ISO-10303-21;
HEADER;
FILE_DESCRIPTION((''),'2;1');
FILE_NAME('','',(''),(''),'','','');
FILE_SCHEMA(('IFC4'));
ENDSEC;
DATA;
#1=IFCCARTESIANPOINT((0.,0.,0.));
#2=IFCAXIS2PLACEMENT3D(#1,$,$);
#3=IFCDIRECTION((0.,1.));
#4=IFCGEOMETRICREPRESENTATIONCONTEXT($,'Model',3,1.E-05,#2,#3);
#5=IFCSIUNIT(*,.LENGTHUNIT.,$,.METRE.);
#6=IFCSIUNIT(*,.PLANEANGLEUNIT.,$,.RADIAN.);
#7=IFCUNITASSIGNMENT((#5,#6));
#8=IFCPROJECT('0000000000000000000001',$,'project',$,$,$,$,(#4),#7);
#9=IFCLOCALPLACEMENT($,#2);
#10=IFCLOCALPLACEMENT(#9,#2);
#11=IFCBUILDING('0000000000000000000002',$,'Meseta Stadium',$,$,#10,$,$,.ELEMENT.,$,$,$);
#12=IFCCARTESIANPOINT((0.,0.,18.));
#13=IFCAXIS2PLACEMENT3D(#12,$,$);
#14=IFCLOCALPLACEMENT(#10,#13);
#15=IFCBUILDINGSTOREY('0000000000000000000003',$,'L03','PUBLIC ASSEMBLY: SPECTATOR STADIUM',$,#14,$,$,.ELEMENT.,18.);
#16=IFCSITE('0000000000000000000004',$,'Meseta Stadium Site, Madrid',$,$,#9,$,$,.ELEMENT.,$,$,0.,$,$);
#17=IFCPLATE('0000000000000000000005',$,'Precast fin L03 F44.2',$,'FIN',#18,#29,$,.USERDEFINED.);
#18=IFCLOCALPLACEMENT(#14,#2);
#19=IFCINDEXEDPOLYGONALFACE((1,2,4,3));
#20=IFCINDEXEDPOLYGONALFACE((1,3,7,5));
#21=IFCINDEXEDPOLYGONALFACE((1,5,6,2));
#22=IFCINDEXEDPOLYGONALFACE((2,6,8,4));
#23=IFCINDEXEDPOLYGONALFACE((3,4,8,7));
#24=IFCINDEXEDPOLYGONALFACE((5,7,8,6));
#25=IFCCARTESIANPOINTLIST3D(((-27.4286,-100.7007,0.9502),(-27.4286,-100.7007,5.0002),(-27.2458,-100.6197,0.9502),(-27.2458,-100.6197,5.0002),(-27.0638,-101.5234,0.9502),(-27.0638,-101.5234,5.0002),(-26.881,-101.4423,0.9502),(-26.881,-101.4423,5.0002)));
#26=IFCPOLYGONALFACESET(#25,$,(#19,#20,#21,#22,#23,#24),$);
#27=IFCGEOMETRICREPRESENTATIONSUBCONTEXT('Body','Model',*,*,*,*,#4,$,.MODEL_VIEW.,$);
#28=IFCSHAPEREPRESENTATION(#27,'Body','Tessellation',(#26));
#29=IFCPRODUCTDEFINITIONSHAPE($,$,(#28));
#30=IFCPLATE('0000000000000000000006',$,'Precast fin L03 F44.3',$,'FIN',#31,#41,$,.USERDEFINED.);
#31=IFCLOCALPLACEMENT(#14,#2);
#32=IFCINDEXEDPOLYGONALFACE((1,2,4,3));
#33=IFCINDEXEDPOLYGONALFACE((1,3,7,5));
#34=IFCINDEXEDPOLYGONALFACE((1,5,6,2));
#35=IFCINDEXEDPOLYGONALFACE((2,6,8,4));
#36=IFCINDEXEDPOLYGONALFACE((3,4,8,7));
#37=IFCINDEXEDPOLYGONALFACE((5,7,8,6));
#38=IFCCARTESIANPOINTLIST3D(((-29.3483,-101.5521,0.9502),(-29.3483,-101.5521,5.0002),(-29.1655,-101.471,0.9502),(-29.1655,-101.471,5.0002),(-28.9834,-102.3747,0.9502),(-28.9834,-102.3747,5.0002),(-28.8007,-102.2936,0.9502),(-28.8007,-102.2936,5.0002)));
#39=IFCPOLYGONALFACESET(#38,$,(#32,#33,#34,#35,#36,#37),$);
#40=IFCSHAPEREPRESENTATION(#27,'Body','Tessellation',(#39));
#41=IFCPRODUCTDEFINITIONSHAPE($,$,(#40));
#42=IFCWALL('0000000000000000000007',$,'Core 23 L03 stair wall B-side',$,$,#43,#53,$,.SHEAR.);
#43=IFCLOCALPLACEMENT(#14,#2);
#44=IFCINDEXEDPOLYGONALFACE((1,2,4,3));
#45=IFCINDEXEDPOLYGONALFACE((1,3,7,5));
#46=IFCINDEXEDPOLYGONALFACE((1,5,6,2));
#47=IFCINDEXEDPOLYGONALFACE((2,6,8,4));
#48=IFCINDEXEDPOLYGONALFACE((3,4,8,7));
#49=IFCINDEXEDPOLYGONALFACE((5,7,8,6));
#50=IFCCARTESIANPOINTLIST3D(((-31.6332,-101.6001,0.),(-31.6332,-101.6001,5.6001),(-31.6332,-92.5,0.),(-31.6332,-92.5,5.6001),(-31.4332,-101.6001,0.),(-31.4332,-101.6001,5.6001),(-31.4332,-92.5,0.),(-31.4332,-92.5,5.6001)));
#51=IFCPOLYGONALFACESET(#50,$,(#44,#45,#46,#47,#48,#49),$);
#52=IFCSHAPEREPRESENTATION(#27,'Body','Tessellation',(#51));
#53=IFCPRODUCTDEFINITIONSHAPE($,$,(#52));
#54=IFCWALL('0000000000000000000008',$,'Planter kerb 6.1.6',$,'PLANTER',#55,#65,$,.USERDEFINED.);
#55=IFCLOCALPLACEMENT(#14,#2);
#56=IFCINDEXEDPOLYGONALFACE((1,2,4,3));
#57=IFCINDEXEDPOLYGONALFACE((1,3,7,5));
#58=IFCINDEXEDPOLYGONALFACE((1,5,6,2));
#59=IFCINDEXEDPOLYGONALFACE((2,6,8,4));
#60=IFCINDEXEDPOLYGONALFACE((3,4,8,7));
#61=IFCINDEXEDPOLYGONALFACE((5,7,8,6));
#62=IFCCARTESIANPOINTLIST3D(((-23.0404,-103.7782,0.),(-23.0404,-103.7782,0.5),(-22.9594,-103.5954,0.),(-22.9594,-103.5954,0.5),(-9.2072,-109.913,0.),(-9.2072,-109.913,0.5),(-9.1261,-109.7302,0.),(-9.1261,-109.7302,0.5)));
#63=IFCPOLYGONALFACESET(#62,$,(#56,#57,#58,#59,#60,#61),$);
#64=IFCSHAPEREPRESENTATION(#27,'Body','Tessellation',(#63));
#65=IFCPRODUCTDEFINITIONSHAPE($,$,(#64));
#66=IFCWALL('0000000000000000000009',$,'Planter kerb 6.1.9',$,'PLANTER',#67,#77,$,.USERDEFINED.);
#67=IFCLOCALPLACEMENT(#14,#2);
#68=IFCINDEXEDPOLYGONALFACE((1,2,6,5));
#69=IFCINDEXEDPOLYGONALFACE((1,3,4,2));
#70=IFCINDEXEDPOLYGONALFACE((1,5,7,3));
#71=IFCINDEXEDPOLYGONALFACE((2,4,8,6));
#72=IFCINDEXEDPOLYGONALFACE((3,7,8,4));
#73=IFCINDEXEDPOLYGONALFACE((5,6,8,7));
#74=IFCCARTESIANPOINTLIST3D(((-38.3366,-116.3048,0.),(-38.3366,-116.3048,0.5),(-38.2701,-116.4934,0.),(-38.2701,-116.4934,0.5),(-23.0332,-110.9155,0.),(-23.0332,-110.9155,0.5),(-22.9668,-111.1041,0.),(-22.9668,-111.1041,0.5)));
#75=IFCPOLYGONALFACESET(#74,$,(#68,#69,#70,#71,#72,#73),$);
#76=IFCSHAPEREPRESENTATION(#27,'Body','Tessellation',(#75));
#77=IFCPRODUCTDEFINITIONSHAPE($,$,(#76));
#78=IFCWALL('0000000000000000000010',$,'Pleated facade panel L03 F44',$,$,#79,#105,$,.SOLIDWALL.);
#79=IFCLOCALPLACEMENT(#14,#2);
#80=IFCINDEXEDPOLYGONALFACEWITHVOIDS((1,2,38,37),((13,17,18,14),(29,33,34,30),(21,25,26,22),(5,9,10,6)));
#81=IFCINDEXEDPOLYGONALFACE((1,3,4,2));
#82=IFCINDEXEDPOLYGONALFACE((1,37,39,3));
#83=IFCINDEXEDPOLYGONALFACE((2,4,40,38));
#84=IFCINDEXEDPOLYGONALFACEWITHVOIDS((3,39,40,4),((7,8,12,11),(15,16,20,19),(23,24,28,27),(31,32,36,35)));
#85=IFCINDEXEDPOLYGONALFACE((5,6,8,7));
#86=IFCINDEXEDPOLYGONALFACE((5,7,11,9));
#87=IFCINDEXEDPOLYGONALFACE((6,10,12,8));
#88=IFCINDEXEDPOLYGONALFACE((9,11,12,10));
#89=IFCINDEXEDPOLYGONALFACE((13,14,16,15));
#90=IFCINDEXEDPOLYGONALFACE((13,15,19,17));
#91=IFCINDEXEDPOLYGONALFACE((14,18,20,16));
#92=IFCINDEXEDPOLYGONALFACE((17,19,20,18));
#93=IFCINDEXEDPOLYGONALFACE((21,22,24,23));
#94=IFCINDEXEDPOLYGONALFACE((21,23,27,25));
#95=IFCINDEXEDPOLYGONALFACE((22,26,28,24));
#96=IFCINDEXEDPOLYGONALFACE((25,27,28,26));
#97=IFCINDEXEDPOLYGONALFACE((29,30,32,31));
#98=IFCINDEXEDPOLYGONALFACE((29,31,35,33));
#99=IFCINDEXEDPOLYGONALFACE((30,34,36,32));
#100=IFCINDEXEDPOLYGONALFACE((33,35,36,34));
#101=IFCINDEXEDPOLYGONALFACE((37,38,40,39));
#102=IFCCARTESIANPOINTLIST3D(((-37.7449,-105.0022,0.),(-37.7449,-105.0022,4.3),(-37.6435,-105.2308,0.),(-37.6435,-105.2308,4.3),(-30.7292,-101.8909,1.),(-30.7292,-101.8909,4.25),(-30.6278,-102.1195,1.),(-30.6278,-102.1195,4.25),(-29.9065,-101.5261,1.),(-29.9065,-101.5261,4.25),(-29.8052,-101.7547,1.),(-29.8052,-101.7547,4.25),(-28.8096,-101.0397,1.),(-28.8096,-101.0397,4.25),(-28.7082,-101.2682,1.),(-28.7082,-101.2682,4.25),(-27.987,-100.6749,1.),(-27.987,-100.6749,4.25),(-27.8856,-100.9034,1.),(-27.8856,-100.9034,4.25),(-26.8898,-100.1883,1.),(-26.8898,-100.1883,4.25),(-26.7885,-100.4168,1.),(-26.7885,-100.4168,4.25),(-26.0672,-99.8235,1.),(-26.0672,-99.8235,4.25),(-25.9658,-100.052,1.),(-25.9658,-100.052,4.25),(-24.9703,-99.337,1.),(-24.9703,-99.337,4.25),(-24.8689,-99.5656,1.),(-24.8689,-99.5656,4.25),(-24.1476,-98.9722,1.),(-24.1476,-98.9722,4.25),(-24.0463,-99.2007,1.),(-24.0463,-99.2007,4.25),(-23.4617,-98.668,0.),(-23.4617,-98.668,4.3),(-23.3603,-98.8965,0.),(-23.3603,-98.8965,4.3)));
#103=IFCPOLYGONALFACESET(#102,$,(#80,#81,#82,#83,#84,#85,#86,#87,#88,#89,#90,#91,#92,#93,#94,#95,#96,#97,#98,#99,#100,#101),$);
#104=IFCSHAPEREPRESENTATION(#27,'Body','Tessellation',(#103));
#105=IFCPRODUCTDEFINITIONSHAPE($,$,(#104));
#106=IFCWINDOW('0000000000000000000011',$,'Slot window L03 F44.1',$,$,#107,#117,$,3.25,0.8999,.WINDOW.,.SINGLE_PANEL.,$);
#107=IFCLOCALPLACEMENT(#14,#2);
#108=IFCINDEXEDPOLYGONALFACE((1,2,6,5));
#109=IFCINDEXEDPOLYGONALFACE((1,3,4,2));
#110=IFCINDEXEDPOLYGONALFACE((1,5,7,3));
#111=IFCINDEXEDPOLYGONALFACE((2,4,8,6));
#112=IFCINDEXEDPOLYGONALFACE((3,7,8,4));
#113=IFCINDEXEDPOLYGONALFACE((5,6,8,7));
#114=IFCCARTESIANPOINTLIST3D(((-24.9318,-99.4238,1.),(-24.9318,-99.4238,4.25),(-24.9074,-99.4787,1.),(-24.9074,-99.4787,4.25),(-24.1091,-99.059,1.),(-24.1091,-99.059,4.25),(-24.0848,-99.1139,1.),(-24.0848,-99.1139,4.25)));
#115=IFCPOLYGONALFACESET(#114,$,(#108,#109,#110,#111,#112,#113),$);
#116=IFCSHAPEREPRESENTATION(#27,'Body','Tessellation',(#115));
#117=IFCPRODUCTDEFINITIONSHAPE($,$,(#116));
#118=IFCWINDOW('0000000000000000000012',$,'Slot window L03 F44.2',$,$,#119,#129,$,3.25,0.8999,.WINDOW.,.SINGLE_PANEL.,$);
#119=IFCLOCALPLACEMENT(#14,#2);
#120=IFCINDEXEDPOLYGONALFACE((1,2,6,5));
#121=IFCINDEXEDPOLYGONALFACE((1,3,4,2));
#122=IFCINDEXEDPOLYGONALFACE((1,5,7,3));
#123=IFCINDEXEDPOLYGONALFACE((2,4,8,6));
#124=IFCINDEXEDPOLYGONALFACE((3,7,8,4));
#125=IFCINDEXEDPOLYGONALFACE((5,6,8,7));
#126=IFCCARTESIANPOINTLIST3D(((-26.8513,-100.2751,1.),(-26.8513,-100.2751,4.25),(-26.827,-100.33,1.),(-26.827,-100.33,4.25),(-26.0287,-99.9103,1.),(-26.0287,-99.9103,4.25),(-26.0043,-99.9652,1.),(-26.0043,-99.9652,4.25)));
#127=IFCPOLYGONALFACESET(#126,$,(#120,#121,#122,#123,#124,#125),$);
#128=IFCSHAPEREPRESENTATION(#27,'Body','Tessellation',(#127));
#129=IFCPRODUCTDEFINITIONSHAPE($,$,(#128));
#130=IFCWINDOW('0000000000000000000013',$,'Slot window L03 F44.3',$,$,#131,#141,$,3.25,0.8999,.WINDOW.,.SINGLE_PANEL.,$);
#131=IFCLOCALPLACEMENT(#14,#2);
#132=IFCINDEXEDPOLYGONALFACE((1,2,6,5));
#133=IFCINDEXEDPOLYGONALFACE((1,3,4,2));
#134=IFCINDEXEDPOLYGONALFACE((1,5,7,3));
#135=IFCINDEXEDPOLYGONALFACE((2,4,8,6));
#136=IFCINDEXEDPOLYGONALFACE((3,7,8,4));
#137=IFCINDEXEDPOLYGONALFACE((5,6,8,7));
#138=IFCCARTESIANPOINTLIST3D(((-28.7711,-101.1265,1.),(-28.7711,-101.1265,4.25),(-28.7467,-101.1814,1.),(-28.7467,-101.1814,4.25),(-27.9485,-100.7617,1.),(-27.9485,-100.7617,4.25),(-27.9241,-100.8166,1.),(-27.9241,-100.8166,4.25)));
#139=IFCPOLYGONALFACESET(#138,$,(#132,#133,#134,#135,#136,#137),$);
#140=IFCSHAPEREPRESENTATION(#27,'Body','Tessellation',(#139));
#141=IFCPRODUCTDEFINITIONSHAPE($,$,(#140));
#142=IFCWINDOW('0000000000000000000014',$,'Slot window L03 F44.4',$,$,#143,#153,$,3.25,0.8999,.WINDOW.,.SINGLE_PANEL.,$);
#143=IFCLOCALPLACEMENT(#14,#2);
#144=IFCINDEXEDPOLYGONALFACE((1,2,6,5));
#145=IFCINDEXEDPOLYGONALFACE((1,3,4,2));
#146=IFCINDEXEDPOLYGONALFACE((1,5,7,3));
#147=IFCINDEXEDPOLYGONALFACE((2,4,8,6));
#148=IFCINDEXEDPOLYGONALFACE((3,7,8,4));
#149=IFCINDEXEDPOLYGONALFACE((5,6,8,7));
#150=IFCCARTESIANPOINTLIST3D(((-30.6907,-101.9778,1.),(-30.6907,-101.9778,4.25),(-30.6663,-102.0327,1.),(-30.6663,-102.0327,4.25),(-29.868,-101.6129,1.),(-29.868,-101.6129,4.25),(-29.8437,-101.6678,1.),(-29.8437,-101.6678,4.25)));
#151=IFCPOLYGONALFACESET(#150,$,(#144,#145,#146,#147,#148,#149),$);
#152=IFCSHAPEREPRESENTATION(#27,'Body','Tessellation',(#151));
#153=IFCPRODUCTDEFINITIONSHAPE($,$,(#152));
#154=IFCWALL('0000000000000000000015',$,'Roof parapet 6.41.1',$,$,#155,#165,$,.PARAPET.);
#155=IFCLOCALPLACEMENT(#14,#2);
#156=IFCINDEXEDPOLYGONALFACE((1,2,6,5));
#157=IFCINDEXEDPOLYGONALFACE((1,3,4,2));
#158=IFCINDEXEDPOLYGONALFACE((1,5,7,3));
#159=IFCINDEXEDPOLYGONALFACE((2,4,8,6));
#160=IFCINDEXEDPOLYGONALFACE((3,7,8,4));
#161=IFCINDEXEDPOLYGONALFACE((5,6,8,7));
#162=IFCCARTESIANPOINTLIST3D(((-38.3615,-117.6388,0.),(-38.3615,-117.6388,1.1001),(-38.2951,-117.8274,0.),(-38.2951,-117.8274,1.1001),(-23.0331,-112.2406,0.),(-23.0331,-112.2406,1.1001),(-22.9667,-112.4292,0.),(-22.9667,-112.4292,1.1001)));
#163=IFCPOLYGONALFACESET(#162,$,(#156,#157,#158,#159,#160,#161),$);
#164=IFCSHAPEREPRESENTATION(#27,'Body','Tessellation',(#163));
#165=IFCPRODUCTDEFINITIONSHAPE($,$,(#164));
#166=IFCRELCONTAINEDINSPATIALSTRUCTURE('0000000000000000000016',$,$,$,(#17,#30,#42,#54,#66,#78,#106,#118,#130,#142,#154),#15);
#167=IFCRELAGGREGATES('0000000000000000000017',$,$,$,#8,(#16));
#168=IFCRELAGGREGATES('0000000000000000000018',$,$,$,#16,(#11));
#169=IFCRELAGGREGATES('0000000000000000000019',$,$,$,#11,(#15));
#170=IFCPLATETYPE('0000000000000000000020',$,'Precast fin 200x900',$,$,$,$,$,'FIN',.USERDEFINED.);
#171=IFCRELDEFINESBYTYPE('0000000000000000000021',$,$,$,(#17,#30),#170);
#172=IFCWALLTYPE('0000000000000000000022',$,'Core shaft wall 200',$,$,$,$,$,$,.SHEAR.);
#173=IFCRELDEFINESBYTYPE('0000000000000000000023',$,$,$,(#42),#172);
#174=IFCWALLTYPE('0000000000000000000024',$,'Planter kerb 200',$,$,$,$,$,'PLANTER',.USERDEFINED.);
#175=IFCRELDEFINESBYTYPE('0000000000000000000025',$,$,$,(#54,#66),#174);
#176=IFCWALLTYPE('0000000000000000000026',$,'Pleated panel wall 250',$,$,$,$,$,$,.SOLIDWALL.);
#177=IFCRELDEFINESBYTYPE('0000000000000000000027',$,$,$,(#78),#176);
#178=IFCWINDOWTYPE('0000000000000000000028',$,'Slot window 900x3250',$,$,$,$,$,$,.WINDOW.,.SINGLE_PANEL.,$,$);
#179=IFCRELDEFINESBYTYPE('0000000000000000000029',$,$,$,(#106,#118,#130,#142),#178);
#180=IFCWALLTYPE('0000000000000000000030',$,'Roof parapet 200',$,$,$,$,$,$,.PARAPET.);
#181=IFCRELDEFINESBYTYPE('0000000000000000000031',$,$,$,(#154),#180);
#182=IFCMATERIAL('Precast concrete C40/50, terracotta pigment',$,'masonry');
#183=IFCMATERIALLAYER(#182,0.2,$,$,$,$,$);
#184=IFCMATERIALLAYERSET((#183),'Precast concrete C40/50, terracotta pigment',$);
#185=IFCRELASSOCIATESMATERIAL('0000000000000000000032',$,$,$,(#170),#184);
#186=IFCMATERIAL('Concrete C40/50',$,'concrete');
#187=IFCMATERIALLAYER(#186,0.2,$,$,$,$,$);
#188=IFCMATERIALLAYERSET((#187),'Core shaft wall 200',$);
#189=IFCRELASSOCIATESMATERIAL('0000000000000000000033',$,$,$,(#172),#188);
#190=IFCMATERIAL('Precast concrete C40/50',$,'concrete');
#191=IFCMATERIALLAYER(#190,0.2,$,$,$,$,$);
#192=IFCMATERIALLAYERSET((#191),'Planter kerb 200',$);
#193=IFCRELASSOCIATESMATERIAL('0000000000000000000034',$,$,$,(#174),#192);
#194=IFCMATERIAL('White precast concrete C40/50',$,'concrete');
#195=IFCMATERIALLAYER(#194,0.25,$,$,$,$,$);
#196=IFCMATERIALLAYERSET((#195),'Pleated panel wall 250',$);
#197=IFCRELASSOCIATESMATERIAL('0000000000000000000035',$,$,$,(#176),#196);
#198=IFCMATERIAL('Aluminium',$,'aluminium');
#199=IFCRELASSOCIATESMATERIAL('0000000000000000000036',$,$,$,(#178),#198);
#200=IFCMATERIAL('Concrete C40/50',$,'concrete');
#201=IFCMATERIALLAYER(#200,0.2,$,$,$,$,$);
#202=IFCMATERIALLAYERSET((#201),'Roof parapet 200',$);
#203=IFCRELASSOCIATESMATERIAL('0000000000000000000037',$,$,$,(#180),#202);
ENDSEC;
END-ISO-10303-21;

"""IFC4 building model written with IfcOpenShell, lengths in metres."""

from ifc_helpers import new_model, si_unit, direction, frame, frame_2d, origin, origin_2d, place, context, subcontext, project, spatial, rectangle, extrude, material, layer, layer_set, type_object, element, fill, save


model = new_model("IFC4")

# Units and contexts
model_context = context("Model", 3, precision=1e-05, world=origin(), true_north=direction((0.0, 1.0)))
body_context = subcontext(model_context, "Body", "Model", "MODEL_VIEW")
ifc_project = project(units=[si_unit("LENGTHUNIT", "METRE"), si_unit("PLANEANGLEUNIT", "RADIAN")], contexts=[model_context])

# Site, building, storey
site_placement = place(None, origin())
site = spatial("IfcSite", under=ifc_project, at=site_placement, Name="Meseta Stadium Site, Madrid", CompositionType="ELEMENT", RefElevation=0.0)
building_placement = place(site_placement, origin())
building = spatial("IfcBuilding", under=site, at=building_placement, Name="Meseta Stadium", CompositionType="ELEMENT")
storey_placement = place(building_placement, frame((0.0, 0.0, 18.0)))
storey = spatial("IfcBuildingStorey", under=building, at=storey_placement, Name="L03", Description="PUBLIC ASSEMBLY: SPECTATOR STADIUM", CompositionType="ELEMENT", Elevation=18.0)

# Plates
ifc_material_1 = material(Name="Precast concrete C40/50, terracotta pigment", Category="masonry")
ifc_layer_1 = layer(ifc_material_1, 0.2)
ifc_layer_set_1 = layer_set([ifc_layer_1], Name="Precast concrete C40/50, terracotta pigment")
plate_type_1 = type_object("IfcPlateType", Name="Precast fin 200x900", ElementType="FIN", PredefinedType="USERDEFINED", material=ifc_layer_set_1)
for number, where, z_axis, x_axis, name in (
    (1, (-27.1548, -101.0715, 0.9502), (0.0, 0.0, 1.0), (-0.914139, -0.4054, 0.0), "Precast fin L03 F44.2"),
    (2, (-29.0745, -101.9229, 0.9502), (0.0, 0.0, 1.0), (-0.914139, -0.4054, 0.0), "Precast fin L03 F44.3"),
):
    element("IfcPlate", number, at=place(storey_placement, frame(where, z_axis=z_axis, x_axis=x_axis)), inside=storey, type_object=plate_type_1, Name=name, ObjectType="FIN", PredefinedType="USERDEFINED", context=body_context, shape_type="SweptSolid", body=[
        extrude(rectangle(XDim=0.2, YDim=0.8999, at=origin_2d()), origin(), (0.0, 0.0, 1.0), 4.05),
    ])

# Walls
ifc_material_2 = material(Name="Concrete C40/50", Category="concrete")
ifc_layer_2 = layer(ifc_material_2, 0.2)
ifc_layer_set_2 = layer_set([ifc_layer_2], Name="Core shaft wall 200")
wall_type_1 = type_object("IfcWallType", Name="Core shaft wall 200", PredefinedType="SHEAR", material=ifc_layer_set_2)
wall_1_placement = place(storey_placement, frame((-31.5332, -101.6001, 0.0), z_axis=(0.0, 0.0, 1.0), x_axis=(0.0, 1.0, 0.0)))
element("IfcWall", 3, at=wall_1_placement, inside=storey, type_object=wall_type_1, Name="Core 23 L03 stair wall B-side", PredefinedType="SHEAR", context=body_context, shape_type="SweptSolid", body=[
    extrude(rectangle(XDim=9.1001, YDim=0.2, at=frame_2d((4.55, 0.0))), origin(), (0.0, 0.0, 1.0), 5.6001),
])
ifc_material_3 = material(Name="Precast concrete C40/50", Category="concrete")
ifc_layer_3 = layer(ifc_material_3, 0.2)
ifc_layer_set_3 = layer_set([ifc_layer_3], Name="Planter kerb 200")
wall_type_2 = type_object("IfcWallType", Name="Planter kerb 200", ElementType="PLANTER", PredefinedType="USERDEFINED", material=ifc_layer_set_3)
wall_2_placement = place(storey_placement, frame((-23.0, -103.6868, 0.0), z_axis=(0.0, 0.0, 1.0), x_axis=(0.914139, -0.405402, 0.0)))
element("IfcWall", 4, at=wall_2_placement, inside=storey, type_object=wall_type_2, Name="Planter kerb 6.1.6", ObjectType="PLANTER", PredefinedType="USERDEFINED", context=body_context, shape_type="SweptSolid", body=[
    extrude(rectangle(XDim=15.1326, YDim=0.2, at=frame_2d((7.5664, 0.0))), origin(), (0.0, 0.0, 1.0), 0.5),
])
wall_3_placement = place(storey_placement, frame((-23.0, -111.0098, 0.0), z_axis=(0.0, 0.0, 1.0), x_axis=(-0.943219, -0.332172, 0.0)))
element("IfcWall", 5, at=wall_3_placement, inside=storey, type_object=wall_type_2, Name="Planter kerb 6.1.9", ObjectType="PLANTER", PredefinedType="USERDEFINED", context=body_context, shape_type="SweptSolid", body=[
    extrude(rectangle(XDim=16.2246, YDim=0.2, at=frame_2d((8.1123, 0.0))), origin(), (0.0, 0.0, 1.0), 0.5),
])

# Wall, openings, windows
ifc_material_4 = material(Name="White precast concrete C40/50", Category="concrete")
ifc_layer_4 = layer(ifc_material_4, 0.25)
ifc_layer_set_4 = layer_set([ifc_layer_4], Name="Pleated panel wall 250")
wall_type_3 = type_object("IfcWallType", Name="Pleated panel wall 250", PredefinedType="SOLIDWALL", material=ifc_layer_set_4)
wall_4_placement = place(storey_placement, frame((-23.4109, -98.7822, 0.0), z_axis=(0.0, 0.0, 1.0), x_axis=(-0.914141, -0.405398, 0.0)))
wall_4 = element("IfcWall", 6, at=wall_4_placement, inside=storey, type_object=wall_type_3, Name="Pleated facade panel L03 F44", PredefinedType="SOLIDWALL", context=body_context, shape_type="SweptSolid", body=[
    extrude(rectangle(XDim=15.6248, YDim=0.25, at=frame_2d((7.8125, 0.0))), origin(), (0.0, 0.0, 1.0), 4.3),
])
opening_1_placement = place(wall_4_placement, frame((0.7505, 0.0, 1.0)))
opening_1 = element("IfcOpeningElement", 7, at=opening_1_placement, cuts=wall_4, PredefinedType="OPENING", context=body_context, shape_type="SweptSolid", body=[
    extrude(rectangle(XDim=0.8999, YDim=3.25, at=frame_2d((0.45, 1.625))), frame((0.0, 0.135, 0.0), z_axis=(0.0, -1.0, 0.0), x_axis=(1.0, 0.0, 0.0)), (0.0, 0.0, 1.0), 0.27),
])
opening_2_placement = place(wall_4_placement, frame((2.8503, 0.0, 1.0)))
opening_2 = element("IfcOpeningElement", 8, at=opening_2_placement, cuts=wall_4, PredefinedType="OPENING", context=body_context, shape_type="SweptSolid", body=[
    extrude(rectangle(XDim=0.8999, YDim=3.25, at=frame_2d((0.45, 1.625))), frame((0.0, 0.135, 0.0), z_axis=(0.0, -1.0, 0.0), x_axis=(1.0, 0.0, 0.0)), (0.0, 0.0, 1.0), 0.27),
])
opening_3_placement = place(wall_4_placement, frame((4.9504, 0.0, 1.0)))
opening_3 = element("IfcOpeningElement", 9, at=opening_3_placement, cuts=wall_4, PredefinedType="OPENING", context=body_context, shape_type="SweptSolid", body=[
    extrude(rectangle(XDim=0.8999, YDim=3.25, at=frame_2d((0.45, 1.625))), frame((0.0, 0.135, 0.0), z_axis=(0.0, -1.0, 0.0), x_axis=(1.0, 0.0, 0.0)), (0.0, 0.0, 1.0), 0.27),
])
opening_4_placement = place(wall_4_placement, frame((7.0503, 0.0, 1.0)))
opening_4 = element("IfcOpeningElement", 10, at=opening_4_placement, cuts=wall_4, PredefinedType="OPENING", context=body_context, shape_type="SweptSolid", body=[
    extrude(rectangle(XDim=0.8999, YDim=3.25, at=frame_2d((0.45, 1.625))), frame((0.0, 0.135, 0.0), z_axis=(0.0, -1.0, 0.0), x_axis=(1.0, 0.0, 0.0)), (0.0, 0.0, 1.0), 0.27),
])
ifc_material_5 = material(Name="Aluminium", Category="aluminium")
window_type = type_object("IfcWindowType", Name="Slot window 900x3250", PartitioningType="SINGLE_PANEL", PredefinedType="WINDOW", material=ifc_material_5)
window_1_placement = place(opening_1_placement, origin())
window_1 = element("IfcWindow", 11, at=window_1_placement, inside=storey, type_object=window_type, Name="Slot window L03 F44.1", OverallHeight=3.25, OverallWidth=0.8999, PartitioningType="SINGLE_PANEL", PredefinedType="WINDOW", context=body_context, shape_type="SweptSolid", body=[
    extrude(rectangle(XDim=0.8999, YDim=3.25, at=frame_2d((0.45, 1.625))), frame((0.0, 0.03, 0.0), z_axis=(0.0, -1.0, 0.0), x_axis=(1.0, 0.0, 0.0)), (0.0, 0.0, 1.0), 0.0601),
])
fill(opening_1, window_1)
window_2_placement = place(opening_2_placement, origin())
window_2 = element("IfcWindow", 12, at=window_2_placement, inside=storey, type_object=window_type, Name="Slot window L03 F44.2", OverallHeight=3.25, OverallWidth=0.8999, PartitioningType="SINGLE_PANEL", PredefinedType="WINDOW", context=body_context, shape_type="SweptSolid", body=[
    extrude(rectangle(XDim=0.8999, YDim=3.25, at=frame_2d((0.45, 1.625))), frame((0.0, 0.03, 0.0), z_axis=(0.0, -1.0, 0.0), x_axis=(1.0, 0.0, 0.0)), (0.0, 0.0, 1.0), 0.0601),
])
fill(opening_2, window_2)
window_3_placement = place(opening_3_placement, origin())
window_3 = element("IfcWindow", 13, at=window_3_placement, inside=storey, type_object=window_type, Name="Slot window L03 F44.3", OverallHeight=3.25, OverallWidth=0.8999, PartitioningType="SINGLE_PANEL", PredefinedType="WINDOW", context=body_context, shape_type="SweptSolid", body=[
    extrude(rectangle(XDim=0.8999, YDim=3.25, at=frame_2d((0.45, 1.625))), frame((0.0, 0.03, 0.0), z_axis=(0.0, -1.0, 0.0), x_axis=(1.0, 0.0, 0.0)), (0.0, 0.0, 1.0), 0.0601),
])
fill(opening_3, window_3)
window_4_placement = place(opening_4_placement, origin())
window_4 = element("IfcWindow", 14, at=window_4_placement, inside=storey, type_object=window_type, Name="Slot window L03 F44.4", OverallHeight=3.25, OverallWidth=0.8999, PartitioningType="SINGLE_PANEL", PredefinedType="WINDOW", context=body_context, shape_type="SweptSolid", body=[
    extrude(rectangle(XDim=0.8999, YDim=3.25, at=frame_2d((0.45, 1.625))), frame((0.0, 0.03, 0.0), z_axis=(0.0, -1.0, 0.0), x_axis=(1.0, 0.0, 0.0)), (0.0, 0.0, 1.0), 0.0601),
])
fill(opening_4, window_4)

# Wall
ifc_material_6 = material(Name="Concrete C40/50", Category="concrete")
ifc_layer_5 = layer(ifc_material_6, 0.2)
ifc_layer_set_5 = layer_set([ifc_layer_5], Name="Roof parapet 200")
wall_type_4 = type_object("IfcWallType", Name="Roof parapet 200", PredefinedType="PARAPET", material=ifc_layer_set_5)
wall_5_placement = place(storey_placement, frame((-23.0, -112.335, 0.0), z_axis=(0.0, 0.0, 1.0), x_axis=(-0.943218, -0.332173, 0.0)))
element("IfcWall", 15, at=wall_5_placement, inside=storey, type_object=wall_type_4, Name="Roof parapet 6.41.1", PredefinedType="PARAPET", context=body_context, shape_type="SweptSolid", body=[
    extrude(rectangle(XDim=16.2512, YDim=0.2, at=frame_2d((8.1255, 0.0))), origin(), (0.0, 0.0, 1.0), 1.1001),
])

save(model, "model.ifc")
